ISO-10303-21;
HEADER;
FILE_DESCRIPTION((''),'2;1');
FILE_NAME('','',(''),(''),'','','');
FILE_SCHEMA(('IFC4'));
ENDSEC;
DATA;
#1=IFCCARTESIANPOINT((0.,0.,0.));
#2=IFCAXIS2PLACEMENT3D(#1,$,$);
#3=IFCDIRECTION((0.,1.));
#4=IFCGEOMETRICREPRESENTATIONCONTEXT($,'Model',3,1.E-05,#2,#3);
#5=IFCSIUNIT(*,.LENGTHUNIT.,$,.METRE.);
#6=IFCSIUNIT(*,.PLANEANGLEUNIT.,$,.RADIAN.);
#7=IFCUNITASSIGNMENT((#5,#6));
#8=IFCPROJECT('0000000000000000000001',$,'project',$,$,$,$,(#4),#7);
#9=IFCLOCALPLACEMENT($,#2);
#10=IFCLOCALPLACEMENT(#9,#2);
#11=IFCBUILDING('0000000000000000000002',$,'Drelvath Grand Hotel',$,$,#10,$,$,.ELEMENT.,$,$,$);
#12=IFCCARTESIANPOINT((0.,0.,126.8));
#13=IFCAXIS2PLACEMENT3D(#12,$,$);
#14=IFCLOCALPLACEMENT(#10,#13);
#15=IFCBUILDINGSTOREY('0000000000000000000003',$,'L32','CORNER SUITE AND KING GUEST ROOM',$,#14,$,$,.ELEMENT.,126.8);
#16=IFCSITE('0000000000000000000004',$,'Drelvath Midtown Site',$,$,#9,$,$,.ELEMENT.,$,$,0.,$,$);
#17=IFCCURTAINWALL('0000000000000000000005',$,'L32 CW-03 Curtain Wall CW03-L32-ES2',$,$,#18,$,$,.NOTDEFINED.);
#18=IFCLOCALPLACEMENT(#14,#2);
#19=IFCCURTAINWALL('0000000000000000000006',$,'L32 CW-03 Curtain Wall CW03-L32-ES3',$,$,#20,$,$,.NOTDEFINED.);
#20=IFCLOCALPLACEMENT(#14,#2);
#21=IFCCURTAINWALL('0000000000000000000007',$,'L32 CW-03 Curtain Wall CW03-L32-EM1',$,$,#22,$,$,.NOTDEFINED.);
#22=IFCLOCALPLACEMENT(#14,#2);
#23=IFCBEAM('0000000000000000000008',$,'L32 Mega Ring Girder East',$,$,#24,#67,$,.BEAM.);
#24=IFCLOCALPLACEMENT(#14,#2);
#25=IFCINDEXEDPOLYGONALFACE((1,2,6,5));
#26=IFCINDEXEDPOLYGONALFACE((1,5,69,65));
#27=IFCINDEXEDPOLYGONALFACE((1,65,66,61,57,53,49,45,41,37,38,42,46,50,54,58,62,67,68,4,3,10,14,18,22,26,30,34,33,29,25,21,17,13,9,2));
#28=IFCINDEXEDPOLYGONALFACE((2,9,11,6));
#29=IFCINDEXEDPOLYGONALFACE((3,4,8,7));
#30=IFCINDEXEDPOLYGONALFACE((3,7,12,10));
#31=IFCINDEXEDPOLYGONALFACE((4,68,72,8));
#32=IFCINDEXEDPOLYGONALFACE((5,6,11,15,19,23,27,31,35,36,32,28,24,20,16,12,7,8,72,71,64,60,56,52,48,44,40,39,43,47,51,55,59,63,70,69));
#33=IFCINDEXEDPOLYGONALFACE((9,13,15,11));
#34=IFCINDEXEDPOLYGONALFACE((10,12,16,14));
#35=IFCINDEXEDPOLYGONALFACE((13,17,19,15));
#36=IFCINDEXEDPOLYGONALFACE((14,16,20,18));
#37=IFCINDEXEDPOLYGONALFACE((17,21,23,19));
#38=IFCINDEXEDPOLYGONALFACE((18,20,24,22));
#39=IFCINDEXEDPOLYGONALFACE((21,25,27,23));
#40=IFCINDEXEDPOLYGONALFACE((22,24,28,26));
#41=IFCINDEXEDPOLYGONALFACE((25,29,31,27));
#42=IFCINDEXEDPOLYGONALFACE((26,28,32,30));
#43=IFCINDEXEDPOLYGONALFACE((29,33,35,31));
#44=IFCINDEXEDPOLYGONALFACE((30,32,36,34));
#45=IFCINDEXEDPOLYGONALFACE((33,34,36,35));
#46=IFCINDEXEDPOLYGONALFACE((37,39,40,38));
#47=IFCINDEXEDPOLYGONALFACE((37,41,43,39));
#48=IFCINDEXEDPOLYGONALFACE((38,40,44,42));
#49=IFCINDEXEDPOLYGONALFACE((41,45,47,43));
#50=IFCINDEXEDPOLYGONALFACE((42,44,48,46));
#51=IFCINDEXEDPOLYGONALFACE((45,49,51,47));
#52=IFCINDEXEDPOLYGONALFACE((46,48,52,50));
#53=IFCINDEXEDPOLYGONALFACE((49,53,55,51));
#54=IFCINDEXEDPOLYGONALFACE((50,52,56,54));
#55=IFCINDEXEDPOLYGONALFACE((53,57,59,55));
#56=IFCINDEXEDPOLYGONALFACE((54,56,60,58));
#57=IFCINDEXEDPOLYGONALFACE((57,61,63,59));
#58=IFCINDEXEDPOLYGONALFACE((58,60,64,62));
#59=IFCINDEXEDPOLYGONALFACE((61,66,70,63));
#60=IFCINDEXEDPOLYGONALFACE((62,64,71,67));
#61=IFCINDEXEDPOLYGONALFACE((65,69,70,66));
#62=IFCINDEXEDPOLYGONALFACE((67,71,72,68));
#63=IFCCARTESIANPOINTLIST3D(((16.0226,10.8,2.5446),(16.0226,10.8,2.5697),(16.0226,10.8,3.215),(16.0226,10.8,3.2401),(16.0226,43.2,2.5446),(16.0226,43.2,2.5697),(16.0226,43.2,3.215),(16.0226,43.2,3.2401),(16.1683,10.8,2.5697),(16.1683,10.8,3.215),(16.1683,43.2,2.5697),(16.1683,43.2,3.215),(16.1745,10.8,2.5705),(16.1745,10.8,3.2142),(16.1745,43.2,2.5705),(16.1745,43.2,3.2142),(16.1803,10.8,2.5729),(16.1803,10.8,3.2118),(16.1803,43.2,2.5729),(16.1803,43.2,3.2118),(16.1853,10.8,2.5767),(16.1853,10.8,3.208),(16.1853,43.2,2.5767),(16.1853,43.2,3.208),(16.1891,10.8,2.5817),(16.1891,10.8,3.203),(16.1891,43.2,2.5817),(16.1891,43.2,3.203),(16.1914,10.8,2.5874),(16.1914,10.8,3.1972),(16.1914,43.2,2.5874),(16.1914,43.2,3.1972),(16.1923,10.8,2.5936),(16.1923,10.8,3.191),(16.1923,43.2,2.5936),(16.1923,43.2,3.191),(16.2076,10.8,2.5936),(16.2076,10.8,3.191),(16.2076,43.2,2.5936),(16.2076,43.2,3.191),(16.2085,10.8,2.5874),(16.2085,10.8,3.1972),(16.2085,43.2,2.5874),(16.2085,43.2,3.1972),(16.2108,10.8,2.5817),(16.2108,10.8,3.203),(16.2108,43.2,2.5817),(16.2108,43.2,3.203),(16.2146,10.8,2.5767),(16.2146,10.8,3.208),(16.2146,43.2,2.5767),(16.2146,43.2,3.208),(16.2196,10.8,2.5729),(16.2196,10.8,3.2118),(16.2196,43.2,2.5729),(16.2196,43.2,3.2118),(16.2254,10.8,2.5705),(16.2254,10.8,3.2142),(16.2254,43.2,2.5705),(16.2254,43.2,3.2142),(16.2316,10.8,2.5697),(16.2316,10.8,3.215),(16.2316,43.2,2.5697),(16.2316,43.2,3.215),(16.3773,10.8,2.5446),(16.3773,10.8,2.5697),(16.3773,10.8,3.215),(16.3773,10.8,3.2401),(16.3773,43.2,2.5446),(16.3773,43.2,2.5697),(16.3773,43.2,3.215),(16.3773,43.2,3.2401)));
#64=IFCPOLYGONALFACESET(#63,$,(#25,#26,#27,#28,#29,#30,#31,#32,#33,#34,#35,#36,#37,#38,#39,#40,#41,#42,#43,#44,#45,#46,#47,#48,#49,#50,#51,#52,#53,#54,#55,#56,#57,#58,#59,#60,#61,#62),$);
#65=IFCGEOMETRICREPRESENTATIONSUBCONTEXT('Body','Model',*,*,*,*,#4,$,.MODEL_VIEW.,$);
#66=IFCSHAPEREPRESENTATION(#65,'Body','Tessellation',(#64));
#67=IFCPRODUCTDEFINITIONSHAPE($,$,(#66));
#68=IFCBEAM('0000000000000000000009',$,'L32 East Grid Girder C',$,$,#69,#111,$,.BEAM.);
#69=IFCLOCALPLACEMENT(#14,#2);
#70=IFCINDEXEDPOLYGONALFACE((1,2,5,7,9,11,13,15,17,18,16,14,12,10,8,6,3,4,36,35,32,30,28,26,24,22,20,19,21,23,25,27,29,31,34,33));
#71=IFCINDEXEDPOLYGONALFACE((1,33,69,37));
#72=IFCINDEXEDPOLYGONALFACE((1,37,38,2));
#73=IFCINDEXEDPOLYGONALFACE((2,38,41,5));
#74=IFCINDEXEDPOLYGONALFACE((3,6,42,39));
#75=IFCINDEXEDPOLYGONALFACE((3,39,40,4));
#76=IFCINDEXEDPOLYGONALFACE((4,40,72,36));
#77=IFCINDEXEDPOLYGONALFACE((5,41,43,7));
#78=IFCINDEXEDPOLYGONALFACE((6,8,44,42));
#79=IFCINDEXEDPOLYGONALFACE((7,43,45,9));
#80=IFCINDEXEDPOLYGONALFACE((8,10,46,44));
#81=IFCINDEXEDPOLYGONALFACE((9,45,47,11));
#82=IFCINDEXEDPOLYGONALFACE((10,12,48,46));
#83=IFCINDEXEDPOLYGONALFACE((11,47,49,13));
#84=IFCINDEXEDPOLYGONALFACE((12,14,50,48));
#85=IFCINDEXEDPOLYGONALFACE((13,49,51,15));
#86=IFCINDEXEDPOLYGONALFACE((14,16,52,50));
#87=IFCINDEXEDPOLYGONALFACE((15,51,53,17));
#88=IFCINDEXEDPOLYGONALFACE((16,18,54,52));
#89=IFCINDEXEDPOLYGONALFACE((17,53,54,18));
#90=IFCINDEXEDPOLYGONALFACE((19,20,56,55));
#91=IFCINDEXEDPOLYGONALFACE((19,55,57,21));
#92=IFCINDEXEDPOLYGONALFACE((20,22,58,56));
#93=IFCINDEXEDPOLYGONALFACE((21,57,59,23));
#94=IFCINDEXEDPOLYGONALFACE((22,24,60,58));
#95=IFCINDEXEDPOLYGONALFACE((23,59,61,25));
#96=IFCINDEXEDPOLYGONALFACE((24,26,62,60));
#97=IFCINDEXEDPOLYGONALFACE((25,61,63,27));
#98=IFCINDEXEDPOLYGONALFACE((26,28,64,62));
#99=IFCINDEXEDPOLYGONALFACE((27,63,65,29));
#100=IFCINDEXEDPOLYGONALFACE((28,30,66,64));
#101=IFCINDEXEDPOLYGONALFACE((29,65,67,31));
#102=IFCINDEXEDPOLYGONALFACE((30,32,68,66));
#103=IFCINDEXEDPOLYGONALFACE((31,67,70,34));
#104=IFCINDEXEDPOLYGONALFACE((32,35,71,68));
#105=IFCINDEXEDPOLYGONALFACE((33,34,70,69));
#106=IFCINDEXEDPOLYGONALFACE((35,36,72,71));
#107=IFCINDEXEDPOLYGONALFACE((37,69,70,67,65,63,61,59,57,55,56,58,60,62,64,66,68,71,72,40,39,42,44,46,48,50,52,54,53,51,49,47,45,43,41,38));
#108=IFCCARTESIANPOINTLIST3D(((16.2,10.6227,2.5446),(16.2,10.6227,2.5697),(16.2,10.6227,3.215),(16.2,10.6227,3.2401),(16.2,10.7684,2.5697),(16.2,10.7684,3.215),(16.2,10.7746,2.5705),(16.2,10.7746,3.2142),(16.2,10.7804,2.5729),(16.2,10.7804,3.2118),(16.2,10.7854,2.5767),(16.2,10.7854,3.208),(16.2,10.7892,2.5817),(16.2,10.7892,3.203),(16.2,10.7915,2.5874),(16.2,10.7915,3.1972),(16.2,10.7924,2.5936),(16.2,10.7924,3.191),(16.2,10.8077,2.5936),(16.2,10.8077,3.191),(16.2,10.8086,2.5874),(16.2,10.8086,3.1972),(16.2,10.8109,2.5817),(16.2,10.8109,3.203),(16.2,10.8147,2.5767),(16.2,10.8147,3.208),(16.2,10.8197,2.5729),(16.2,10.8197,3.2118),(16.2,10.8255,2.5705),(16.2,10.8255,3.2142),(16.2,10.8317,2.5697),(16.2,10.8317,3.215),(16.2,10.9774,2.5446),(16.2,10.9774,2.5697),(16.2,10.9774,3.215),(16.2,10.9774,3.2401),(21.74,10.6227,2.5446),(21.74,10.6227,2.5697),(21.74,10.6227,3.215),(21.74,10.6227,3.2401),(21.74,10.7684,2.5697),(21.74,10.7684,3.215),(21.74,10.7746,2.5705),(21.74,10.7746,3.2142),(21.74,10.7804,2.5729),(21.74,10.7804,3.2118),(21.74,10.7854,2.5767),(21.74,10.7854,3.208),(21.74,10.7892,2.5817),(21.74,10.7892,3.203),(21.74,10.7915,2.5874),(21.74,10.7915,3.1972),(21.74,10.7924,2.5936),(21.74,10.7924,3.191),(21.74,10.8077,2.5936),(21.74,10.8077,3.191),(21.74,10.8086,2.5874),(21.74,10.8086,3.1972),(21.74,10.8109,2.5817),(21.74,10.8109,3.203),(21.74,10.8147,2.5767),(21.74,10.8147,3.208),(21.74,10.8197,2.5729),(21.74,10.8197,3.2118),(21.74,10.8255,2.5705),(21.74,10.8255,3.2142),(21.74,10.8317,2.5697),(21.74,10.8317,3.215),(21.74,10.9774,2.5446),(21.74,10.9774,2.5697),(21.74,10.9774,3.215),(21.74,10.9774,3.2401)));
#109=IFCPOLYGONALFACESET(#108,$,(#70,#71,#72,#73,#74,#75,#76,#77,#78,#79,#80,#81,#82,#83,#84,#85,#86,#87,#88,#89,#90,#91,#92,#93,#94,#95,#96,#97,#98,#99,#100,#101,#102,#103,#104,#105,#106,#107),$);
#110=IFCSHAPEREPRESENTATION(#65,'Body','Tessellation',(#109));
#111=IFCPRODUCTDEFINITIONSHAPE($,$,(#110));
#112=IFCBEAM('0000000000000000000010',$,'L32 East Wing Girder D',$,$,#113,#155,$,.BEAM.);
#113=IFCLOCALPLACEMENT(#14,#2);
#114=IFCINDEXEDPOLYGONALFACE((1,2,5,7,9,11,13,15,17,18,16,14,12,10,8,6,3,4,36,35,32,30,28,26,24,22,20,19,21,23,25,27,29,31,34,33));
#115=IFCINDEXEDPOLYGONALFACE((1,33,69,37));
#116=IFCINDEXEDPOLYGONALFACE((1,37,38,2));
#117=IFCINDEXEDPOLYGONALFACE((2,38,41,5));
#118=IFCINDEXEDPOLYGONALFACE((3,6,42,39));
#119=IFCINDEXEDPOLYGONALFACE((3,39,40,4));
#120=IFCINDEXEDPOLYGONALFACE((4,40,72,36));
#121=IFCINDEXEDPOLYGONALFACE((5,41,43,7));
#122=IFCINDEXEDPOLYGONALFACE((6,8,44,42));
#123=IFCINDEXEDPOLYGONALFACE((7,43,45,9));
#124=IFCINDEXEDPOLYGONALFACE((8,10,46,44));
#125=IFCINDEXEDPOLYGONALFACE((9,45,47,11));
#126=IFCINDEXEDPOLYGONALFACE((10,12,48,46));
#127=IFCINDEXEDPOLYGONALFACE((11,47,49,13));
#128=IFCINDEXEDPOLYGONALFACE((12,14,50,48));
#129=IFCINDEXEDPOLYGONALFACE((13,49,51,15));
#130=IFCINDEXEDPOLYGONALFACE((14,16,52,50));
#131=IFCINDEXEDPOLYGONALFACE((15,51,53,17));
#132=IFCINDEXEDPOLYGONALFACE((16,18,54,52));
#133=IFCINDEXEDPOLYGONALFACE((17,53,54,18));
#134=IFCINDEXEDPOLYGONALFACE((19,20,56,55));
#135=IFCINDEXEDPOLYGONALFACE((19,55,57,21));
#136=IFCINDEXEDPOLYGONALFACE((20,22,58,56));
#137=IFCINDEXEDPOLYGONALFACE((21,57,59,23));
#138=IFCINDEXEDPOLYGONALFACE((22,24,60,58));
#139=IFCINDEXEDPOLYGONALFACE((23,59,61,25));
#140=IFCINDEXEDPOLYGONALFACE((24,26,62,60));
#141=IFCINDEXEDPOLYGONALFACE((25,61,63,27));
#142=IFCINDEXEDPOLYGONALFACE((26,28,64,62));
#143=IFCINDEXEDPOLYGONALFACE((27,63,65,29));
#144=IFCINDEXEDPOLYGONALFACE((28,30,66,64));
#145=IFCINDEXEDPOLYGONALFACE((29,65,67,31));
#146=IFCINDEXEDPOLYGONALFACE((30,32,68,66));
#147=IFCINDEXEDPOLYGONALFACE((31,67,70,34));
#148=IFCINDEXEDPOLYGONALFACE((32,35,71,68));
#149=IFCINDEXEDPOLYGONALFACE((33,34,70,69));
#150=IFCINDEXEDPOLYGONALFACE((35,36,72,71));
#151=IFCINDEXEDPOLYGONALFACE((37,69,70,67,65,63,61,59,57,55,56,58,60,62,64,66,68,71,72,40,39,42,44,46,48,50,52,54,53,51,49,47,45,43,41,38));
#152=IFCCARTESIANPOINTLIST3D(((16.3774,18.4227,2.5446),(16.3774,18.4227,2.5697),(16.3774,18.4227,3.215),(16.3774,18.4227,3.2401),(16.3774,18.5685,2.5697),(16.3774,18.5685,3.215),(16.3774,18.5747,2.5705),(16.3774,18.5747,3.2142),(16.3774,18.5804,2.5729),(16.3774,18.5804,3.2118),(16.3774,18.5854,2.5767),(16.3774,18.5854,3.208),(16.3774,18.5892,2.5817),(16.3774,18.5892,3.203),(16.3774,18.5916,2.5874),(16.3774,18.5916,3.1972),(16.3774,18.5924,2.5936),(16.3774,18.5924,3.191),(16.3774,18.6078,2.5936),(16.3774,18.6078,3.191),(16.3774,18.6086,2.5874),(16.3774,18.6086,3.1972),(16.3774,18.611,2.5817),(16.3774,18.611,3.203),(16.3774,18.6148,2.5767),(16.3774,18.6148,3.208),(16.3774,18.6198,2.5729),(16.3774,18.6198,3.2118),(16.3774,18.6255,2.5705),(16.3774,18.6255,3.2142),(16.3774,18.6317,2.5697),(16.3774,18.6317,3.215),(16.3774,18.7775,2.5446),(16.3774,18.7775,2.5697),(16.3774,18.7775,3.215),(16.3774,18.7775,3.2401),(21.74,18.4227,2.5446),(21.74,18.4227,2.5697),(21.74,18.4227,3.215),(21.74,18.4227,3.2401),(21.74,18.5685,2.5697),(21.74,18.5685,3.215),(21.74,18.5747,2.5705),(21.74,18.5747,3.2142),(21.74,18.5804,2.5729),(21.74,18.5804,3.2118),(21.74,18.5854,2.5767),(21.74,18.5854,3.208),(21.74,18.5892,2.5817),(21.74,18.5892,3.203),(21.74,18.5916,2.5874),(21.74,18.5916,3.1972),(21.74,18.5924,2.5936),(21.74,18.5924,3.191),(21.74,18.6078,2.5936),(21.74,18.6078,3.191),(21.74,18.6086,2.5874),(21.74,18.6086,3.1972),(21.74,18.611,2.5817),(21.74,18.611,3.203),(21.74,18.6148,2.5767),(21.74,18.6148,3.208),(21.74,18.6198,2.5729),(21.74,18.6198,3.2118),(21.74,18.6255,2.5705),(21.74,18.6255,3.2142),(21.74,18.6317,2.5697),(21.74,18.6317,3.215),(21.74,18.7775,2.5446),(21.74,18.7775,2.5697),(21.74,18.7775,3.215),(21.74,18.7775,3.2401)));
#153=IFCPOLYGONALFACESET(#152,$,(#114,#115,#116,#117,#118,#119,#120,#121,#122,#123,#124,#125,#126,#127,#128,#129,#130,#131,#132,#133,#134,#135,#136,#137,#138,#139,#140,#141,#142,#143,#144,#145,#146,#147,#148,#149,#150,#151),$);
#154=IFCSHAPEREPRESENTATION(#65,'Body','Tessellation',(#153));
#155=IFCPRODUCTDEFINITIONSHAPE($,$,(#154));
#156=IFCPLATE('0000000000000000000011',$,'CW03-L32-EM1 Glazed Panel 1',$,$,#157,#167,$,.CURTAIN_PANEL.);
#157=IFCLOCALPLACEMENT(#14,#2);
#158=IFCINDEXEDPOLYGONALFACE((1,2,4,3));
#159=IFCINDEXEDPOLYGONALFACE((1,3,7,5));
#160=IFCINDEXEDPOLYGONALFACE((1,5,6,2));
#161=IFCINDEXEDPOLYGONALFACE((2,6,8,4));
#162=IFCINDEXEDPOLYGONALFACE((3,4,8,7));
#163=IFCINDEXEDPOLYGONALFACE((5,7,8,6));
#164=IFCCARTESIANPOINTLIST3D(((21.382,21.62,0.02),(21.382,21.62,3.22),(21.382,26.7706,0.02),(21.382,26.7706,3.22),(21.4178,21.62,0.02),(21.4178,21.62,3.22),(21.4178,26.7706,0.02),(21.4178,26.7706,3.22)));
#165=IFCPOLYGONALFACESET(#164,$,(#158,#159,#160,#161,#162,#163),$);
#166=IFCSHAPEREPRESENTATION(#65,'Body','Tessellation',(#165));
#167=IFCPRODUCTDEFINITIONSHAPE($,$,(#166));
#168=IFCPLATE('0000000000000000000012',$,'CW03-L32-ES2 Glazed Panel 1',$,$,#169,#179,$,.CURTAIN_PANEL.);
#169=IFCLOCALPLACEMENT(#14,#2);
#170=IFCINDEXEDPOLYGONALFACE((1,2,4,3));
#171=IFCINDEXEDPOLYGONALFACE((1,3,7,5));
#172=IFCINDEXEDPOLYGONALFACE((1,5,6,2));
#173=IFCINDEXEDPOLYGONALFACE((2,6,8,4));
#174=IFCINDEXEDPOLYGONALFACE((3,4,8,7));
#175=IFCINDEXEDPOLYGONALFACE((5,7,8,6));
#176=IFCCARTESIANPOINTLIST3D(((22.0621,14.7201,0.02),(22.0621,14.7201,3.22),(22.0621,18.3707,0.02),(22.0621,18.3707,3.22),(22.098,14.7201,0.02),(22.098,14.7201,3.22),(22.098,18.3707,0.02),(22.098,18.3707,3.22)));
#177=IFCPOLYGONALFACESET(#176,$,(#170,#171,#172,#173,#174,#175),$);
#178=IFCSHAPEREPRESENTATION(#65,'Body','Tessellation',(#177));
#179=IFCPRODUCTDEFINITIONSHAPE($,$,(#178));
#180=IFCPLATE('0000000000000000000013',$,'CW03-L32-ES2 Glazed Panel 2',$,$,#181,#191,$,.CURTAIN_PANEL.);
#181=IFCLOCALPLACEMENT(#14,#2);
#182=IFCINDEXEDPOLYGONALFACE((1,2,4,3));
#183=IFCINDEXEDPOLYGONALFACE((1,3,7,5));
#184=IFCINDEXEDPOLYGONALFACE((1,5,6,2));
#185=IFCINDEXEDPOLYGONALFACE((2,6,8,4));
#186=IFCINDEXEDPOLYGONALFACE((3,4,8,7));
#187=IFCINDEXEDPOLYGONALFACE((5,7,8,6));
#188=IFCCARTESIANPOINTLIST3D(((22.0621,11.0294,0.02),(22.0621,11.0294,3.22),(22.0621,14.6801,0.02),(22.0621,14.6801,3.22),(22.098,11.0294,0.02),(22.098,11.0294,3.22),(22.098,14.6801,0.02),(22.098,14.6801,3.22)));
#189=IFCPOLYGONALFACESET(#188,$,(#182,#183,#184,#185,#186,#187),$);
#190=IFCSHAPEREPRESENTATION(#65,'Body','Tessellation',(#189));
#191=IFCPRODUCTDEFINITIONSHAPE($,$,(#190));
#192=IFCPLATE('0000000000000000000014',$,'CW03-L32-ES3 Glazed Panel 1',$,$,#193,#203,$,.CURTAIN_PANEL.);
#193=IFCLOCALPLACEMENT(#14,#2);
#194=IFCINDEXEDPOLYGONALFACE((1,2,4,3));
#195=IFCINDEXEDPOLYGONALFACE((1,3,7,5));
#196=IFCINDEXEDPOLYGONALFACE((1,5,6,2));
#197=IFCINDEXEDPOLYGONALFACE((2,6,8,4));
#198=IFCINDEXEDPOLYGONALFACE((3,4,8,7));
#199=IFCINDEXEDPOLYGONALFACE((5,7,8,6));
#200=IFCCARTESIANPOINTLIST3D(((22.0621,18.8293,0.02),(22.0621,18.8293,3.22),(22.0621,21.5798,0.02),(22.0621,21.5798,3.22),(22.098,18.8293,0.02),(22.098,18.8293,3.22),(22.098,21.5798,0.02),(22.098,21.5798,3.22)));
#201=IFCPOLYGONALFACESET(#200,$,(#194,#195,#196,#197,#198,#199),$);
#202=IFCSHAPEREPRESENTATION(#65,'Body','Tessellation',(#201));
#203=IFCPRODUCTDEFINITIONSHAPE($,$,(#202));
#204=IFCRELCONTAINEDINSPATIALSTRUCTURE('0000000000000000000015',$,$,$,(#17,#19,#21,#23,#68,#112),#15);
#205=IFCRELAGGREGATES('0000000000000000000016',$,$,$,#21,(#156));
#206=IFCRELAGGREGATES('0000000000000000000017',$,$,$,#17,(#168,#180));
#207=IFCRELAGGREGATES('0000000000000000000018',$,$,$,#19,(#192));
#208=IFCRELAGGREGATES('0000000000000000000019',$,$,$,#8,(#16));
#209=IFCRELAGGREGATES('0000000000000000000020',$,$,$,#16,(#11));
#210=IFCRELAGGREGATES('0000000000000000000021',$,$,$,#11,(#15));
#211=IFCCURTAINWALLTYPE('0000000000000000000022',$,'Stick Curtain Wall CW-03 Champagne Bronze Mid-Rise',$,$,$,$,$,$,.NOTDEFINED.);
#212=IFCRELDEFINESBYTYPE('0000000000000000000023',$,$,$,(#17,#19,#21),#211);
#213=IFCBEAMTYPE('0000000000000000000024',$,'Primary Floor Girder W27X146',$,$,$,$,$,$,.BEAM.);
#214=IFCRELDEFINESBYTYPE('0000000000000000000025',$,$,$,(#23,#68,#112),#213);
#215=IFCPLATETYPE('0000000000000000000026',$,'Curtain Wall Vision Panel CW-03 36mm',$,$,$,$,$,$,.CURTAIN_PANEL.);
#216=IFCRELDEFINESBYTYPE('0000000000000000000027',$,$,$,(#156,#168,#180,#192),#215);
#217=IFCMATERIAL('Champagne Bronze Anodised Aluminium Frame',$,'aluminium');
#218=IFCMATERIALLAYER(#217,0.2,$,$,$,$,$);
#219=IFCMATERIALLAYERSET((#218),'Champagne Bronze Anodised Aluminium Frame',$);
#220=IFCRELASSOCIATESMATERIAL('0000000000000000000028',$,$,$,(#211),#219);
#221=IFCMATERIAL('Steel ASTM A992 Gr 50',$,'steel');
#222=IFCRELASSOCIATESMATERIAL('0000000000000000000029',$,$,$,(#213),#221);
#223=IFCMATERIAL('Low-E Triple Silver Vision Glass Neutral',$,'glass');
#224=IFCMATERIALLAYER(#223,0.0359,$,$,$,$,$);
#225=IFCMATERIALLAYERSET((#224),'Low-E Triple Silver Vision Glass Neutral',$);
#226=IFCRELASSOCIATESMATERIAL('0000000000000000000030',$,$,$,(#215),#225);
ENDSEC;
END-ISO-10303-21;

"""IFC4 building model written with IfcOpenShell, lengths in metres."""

from ifc_helpers import new_model, si_unit, direction, frame, origin, origin_2d, place, context, subcontext, project, spatial, rectangle, i_section, extrude, material, layer, layer_set, material_profile, profile_set, type_object, element, aggregate, save


model = new_model("IFC4")

# Units and contexts
model_context = context("Model", 3, precision=1e-05, world=origin(), true_north=direction((0.0, 1.0)))
body_context = subcontext(model_context, "Body", "Model", "MODEL_VIEW")
ifc_project = project(units=[si_unit("LENGTHUNIT", "METRE"), si_unit("PLANEANGLEUNIT", "RADIAN")], contexts=[model_context])

# Site, building, storey
site_placement = place(None, origin())
site = spatial("IfcSite", under=ifc_project, at=site_placement, Name="Drelvath Midtown Site", CompositionType="ELEMENT", RefElevation=0.0)
building_placement = place(site_placement, origin())
building = spatial("IfcBuilding", under=site, at=building_placement, Name="Drelvath Grand Hotel", CompositionType="ELEMENT")
storey_placement = place(building_placement, frame((0.0, 0.0, 126.8)))
storey = spatial("IfcBuildingStorey", under=building, at=storey_placement, Name="L32", Description="CORNER SUITE AND KING GUEST ROOM", CompositionType="ELEMENT", Elevation=126.8)

# Curtain walls
ifc_material_1 = material(Name="Champagne Bronze Anodised Aluminium Frame", Category="aluminium")
ifc_layer_1 = layer(ifc_material_1, 0.2)
ifc_layer_set_1 = layer_set([ifc_layer_1], Name="Champagne Bronze Anodised Aluminium Frame")
curtain_wall_type = type_object("IfcCurtainWallType", Name="Stick Curtain Wall CW-03 Champagne Bronze Mid-Rise", PredefinedType="NOTDEFINED", material=ifc_layer_set_1)
curtain_wall_1_placement = place(storey_placement, origin())
curtain_wall_1 = element("IfcCurtainWall", 1, at=curtain_wall_1_placement, inside=storey, type_object=curtain_wall_type, Name="L32 CW-03 Curtain Wall CW03-L32-ES2", PredefinedType="NOTDEFINED")
curtain_wall_2_placement = place(storey_placement, origin())
curtain_wall_2 = element("IfcCurtainWall", 2, at=curtain_wall_2_placement, inside=storey, type_object=curtain_wall_type, Name="L32 CW-03 Curtain Wall CW03-L32-ES3", PredefinedType="NOTDEFINED")
curtain_wall_3_placement = place(storey_placement, origin())
curtain_wall_3 = element("IfcCurtainWall", 3, at=curtain_wall_3_placement, inside=storey, type_object=curtain_wall_type, Name="L32 CW-03 Curtain Wall CW03-L32-EM1", PredefinedType="NOTDEFINED")

# Beams
ifc_material_2 = material(Name="Steel ASTM A992 Gr 50", Category="steel")
ifc_material_profile_1 = material_profile(ifc_material_2, i_section(OverallWidth=0.3547, OverallDepth=0.6956, WebThickness=0.0154, FlangeThickness=0.0251, FilletRadius=0.0239, at=origin_2d()), Name="W27X146")
ifc_profile_set_1 = profile_set([ifc_material_profile_1], Name="Steel ASTM A992 Gr 50")
beam_type_1 = type_object("IfcBeamType", Name="Primary Floor Girder W27X146", PredefinedType="BEAM", material=ifc_profile_set_1)
beam_1_placement = place(storey_placement, frame((16.2, 10.8, 2.8923), z_axis=(0.0, 1.0, 0.0), x_axis=(-1.0, 0.0, 0.0)))
element("IfcBeam", 4, at=beam_1_placement, inside=storey, type_object=beam_type_1, Name="L32 Mega Ring Girder East", PredefinedType="BEAM", context=body_context, shape_type="SweptSolid", body=[
    extrude(i_section(OverallWidth=0.3547, OverallDepth=0.6956, WebThickness=0.0154, FlangeThickness=0.0251, FilletRadius=0.0239, at=origin_2d()), origin(), (0.0, 0.0, 1.0), 32.3999),
])
beam_2_placement = place(storey_placement, frame((16.2, 10.8, 2.8923), z_axis=(1.0, 0.0, 0.0), x_axis=(0.0, 1.0, 0.0)))
element("IfcBeam", 5, at=beam_2_placement, inside=storey, type_object=beam_type_1, Name="L32 East Grid Girder C", PredefinedType="BEAM", context=body_context, shape_type="SweptSolid", body=[
    extrude(i_section(OverallWidth=0.3547, OverallDepth=0.6956, WebThickness=0.0154, FlangeThickness=0.0251, FilletRadius=0.0239, at=origin_2d()), origin(), (0.0, 0.0, 1.0), 5.54),
])
beam_3_placement = place(storey_placement, frame((16.3774, 18.6001, 2.8923), z_axis=(1.0, 0.0, 0.0), x_axis=(0.0, 1.0, 0.0)))
element("IfcBeam", 6, at=beam_3_placement, inside=storey, type_object=beam_type_1, Name="L32 East Wing Girder D", PredefinedType="BEAM", context=body_context, shape_type="SweptSolid", body=[
    extrude(i_section(OverallWidth=0.3547, OverallDepth=0.6956, WebThickness=0.0154, FlangeThickness=0.0251, FilletRadius=0.0239, at=origin_2d()), origin(), (0.0, 0.0, 1.0), 5.3625),
])

# Plates
ifc_material_3 = material(Name="Low-E Triple Silver Vision Glass Neutral", Category="glass")
ifc_layer_2 = layer(ifc_material_3, 0.0359)
ifc_layer_set_2 = layer_set([ifc_layer_2], Name="Low-E Triple Silver Vision Glass Neutral")
plate_type = type_object("IfcPlateType", Name="Curtain Wall Vision Panel CW-03 36mm", PredefinedType="CURTAIN_PANEL", material=ifc_layer_set_2)
plate_1_placement = place(storey_placement, frame((21.3999, 24.1953, 0.02), z_axis=(0.0, 0.0, 1.0), x_axis=(0.0, -1.0, 0.0)))
plate_1 = element("IfcPlate", 7, at=plate_1_placement, type_object=plate_type, Name="CW03-L32-EM1 Glazed Panel 1", PredefinedType="CURTAIN_PANEL", context=body_context, shape_type="SweptSolid", body=[
    extrude(rectangle(XDim=5.1506, YDim=0.0359, at=origin_2d()), origin(), (0.0, 0.0, 1.0), 3.2),
])
aggregate(curtain_wall_3, [plate_1])
plate_2_placement = place(storey_placement, frame((22.0801, 16.5454, 0.02), z_axis=(0.0, 0.0, 1.0), x_axis=(0.0, -1.0, 0.0)))
plate_2 = element("IfcPlate", 8, at=plate_2_placement, type_object=plate_type, Name="CW03-L32-ES2 Glazed Panel 1", PredefinedType="CURTAIN_PANEL", context=body_context, shape_type="SweptSolid", body=[
    extrude(rectangle(XDim=3.6506, YDim=0.0359, at=origin_2d()), origin(), (0.0, 0.0, 1.0), 3.2),
])
plate_3_placement = place(storey_placement, frame((22.0801, 12.8547, 0.02), z_axis=(0.0, 0.0, 1.0), x_axis=(0.0, -1.0, 0.0)))
plate_3 = element("IfcPlate", 9, at=plate_3_placement, type_object=plate_type, Name="CW03-L32-ES2 Glazed Panel 2", PredefinedType="CURTAIN_PANEL", context=body_context, shape_type="SweptSolid", body=[
    extrude(rectangle(XDim=3.6506, YDim=0.0359, at=origin_2d()), origin(), (0.0, 0.0, 1.0), 3.2),
])
aggregate(curtain_wall_1, [plate_2, plate_3])
plate_4_placement = place(storey_placement, frame((22.0801, 20.2046, 0.02), z_axis=(0.0, 0.0, 1.0), x_axis=(0.0, -1.0, 0.0)))
plate_4 = element("IfcPlate", 10, at=plate_4_placement, type_object=plate_type, Name="CW03-L32-ES3 Glazed Panel 1", PredefinedType="CURTAIN_PANEL", context=body_context, shape_type="SweptSolid", body=[
    extrude(rectangle(XDim=2.7505, YDim=0.0359, at=origin_2d()), origin(), (0.0, 0.0, 1.0), 3.2),
])
aggregate(curtain_wall_2, [plate_4])

save(model, "model.ifc")
